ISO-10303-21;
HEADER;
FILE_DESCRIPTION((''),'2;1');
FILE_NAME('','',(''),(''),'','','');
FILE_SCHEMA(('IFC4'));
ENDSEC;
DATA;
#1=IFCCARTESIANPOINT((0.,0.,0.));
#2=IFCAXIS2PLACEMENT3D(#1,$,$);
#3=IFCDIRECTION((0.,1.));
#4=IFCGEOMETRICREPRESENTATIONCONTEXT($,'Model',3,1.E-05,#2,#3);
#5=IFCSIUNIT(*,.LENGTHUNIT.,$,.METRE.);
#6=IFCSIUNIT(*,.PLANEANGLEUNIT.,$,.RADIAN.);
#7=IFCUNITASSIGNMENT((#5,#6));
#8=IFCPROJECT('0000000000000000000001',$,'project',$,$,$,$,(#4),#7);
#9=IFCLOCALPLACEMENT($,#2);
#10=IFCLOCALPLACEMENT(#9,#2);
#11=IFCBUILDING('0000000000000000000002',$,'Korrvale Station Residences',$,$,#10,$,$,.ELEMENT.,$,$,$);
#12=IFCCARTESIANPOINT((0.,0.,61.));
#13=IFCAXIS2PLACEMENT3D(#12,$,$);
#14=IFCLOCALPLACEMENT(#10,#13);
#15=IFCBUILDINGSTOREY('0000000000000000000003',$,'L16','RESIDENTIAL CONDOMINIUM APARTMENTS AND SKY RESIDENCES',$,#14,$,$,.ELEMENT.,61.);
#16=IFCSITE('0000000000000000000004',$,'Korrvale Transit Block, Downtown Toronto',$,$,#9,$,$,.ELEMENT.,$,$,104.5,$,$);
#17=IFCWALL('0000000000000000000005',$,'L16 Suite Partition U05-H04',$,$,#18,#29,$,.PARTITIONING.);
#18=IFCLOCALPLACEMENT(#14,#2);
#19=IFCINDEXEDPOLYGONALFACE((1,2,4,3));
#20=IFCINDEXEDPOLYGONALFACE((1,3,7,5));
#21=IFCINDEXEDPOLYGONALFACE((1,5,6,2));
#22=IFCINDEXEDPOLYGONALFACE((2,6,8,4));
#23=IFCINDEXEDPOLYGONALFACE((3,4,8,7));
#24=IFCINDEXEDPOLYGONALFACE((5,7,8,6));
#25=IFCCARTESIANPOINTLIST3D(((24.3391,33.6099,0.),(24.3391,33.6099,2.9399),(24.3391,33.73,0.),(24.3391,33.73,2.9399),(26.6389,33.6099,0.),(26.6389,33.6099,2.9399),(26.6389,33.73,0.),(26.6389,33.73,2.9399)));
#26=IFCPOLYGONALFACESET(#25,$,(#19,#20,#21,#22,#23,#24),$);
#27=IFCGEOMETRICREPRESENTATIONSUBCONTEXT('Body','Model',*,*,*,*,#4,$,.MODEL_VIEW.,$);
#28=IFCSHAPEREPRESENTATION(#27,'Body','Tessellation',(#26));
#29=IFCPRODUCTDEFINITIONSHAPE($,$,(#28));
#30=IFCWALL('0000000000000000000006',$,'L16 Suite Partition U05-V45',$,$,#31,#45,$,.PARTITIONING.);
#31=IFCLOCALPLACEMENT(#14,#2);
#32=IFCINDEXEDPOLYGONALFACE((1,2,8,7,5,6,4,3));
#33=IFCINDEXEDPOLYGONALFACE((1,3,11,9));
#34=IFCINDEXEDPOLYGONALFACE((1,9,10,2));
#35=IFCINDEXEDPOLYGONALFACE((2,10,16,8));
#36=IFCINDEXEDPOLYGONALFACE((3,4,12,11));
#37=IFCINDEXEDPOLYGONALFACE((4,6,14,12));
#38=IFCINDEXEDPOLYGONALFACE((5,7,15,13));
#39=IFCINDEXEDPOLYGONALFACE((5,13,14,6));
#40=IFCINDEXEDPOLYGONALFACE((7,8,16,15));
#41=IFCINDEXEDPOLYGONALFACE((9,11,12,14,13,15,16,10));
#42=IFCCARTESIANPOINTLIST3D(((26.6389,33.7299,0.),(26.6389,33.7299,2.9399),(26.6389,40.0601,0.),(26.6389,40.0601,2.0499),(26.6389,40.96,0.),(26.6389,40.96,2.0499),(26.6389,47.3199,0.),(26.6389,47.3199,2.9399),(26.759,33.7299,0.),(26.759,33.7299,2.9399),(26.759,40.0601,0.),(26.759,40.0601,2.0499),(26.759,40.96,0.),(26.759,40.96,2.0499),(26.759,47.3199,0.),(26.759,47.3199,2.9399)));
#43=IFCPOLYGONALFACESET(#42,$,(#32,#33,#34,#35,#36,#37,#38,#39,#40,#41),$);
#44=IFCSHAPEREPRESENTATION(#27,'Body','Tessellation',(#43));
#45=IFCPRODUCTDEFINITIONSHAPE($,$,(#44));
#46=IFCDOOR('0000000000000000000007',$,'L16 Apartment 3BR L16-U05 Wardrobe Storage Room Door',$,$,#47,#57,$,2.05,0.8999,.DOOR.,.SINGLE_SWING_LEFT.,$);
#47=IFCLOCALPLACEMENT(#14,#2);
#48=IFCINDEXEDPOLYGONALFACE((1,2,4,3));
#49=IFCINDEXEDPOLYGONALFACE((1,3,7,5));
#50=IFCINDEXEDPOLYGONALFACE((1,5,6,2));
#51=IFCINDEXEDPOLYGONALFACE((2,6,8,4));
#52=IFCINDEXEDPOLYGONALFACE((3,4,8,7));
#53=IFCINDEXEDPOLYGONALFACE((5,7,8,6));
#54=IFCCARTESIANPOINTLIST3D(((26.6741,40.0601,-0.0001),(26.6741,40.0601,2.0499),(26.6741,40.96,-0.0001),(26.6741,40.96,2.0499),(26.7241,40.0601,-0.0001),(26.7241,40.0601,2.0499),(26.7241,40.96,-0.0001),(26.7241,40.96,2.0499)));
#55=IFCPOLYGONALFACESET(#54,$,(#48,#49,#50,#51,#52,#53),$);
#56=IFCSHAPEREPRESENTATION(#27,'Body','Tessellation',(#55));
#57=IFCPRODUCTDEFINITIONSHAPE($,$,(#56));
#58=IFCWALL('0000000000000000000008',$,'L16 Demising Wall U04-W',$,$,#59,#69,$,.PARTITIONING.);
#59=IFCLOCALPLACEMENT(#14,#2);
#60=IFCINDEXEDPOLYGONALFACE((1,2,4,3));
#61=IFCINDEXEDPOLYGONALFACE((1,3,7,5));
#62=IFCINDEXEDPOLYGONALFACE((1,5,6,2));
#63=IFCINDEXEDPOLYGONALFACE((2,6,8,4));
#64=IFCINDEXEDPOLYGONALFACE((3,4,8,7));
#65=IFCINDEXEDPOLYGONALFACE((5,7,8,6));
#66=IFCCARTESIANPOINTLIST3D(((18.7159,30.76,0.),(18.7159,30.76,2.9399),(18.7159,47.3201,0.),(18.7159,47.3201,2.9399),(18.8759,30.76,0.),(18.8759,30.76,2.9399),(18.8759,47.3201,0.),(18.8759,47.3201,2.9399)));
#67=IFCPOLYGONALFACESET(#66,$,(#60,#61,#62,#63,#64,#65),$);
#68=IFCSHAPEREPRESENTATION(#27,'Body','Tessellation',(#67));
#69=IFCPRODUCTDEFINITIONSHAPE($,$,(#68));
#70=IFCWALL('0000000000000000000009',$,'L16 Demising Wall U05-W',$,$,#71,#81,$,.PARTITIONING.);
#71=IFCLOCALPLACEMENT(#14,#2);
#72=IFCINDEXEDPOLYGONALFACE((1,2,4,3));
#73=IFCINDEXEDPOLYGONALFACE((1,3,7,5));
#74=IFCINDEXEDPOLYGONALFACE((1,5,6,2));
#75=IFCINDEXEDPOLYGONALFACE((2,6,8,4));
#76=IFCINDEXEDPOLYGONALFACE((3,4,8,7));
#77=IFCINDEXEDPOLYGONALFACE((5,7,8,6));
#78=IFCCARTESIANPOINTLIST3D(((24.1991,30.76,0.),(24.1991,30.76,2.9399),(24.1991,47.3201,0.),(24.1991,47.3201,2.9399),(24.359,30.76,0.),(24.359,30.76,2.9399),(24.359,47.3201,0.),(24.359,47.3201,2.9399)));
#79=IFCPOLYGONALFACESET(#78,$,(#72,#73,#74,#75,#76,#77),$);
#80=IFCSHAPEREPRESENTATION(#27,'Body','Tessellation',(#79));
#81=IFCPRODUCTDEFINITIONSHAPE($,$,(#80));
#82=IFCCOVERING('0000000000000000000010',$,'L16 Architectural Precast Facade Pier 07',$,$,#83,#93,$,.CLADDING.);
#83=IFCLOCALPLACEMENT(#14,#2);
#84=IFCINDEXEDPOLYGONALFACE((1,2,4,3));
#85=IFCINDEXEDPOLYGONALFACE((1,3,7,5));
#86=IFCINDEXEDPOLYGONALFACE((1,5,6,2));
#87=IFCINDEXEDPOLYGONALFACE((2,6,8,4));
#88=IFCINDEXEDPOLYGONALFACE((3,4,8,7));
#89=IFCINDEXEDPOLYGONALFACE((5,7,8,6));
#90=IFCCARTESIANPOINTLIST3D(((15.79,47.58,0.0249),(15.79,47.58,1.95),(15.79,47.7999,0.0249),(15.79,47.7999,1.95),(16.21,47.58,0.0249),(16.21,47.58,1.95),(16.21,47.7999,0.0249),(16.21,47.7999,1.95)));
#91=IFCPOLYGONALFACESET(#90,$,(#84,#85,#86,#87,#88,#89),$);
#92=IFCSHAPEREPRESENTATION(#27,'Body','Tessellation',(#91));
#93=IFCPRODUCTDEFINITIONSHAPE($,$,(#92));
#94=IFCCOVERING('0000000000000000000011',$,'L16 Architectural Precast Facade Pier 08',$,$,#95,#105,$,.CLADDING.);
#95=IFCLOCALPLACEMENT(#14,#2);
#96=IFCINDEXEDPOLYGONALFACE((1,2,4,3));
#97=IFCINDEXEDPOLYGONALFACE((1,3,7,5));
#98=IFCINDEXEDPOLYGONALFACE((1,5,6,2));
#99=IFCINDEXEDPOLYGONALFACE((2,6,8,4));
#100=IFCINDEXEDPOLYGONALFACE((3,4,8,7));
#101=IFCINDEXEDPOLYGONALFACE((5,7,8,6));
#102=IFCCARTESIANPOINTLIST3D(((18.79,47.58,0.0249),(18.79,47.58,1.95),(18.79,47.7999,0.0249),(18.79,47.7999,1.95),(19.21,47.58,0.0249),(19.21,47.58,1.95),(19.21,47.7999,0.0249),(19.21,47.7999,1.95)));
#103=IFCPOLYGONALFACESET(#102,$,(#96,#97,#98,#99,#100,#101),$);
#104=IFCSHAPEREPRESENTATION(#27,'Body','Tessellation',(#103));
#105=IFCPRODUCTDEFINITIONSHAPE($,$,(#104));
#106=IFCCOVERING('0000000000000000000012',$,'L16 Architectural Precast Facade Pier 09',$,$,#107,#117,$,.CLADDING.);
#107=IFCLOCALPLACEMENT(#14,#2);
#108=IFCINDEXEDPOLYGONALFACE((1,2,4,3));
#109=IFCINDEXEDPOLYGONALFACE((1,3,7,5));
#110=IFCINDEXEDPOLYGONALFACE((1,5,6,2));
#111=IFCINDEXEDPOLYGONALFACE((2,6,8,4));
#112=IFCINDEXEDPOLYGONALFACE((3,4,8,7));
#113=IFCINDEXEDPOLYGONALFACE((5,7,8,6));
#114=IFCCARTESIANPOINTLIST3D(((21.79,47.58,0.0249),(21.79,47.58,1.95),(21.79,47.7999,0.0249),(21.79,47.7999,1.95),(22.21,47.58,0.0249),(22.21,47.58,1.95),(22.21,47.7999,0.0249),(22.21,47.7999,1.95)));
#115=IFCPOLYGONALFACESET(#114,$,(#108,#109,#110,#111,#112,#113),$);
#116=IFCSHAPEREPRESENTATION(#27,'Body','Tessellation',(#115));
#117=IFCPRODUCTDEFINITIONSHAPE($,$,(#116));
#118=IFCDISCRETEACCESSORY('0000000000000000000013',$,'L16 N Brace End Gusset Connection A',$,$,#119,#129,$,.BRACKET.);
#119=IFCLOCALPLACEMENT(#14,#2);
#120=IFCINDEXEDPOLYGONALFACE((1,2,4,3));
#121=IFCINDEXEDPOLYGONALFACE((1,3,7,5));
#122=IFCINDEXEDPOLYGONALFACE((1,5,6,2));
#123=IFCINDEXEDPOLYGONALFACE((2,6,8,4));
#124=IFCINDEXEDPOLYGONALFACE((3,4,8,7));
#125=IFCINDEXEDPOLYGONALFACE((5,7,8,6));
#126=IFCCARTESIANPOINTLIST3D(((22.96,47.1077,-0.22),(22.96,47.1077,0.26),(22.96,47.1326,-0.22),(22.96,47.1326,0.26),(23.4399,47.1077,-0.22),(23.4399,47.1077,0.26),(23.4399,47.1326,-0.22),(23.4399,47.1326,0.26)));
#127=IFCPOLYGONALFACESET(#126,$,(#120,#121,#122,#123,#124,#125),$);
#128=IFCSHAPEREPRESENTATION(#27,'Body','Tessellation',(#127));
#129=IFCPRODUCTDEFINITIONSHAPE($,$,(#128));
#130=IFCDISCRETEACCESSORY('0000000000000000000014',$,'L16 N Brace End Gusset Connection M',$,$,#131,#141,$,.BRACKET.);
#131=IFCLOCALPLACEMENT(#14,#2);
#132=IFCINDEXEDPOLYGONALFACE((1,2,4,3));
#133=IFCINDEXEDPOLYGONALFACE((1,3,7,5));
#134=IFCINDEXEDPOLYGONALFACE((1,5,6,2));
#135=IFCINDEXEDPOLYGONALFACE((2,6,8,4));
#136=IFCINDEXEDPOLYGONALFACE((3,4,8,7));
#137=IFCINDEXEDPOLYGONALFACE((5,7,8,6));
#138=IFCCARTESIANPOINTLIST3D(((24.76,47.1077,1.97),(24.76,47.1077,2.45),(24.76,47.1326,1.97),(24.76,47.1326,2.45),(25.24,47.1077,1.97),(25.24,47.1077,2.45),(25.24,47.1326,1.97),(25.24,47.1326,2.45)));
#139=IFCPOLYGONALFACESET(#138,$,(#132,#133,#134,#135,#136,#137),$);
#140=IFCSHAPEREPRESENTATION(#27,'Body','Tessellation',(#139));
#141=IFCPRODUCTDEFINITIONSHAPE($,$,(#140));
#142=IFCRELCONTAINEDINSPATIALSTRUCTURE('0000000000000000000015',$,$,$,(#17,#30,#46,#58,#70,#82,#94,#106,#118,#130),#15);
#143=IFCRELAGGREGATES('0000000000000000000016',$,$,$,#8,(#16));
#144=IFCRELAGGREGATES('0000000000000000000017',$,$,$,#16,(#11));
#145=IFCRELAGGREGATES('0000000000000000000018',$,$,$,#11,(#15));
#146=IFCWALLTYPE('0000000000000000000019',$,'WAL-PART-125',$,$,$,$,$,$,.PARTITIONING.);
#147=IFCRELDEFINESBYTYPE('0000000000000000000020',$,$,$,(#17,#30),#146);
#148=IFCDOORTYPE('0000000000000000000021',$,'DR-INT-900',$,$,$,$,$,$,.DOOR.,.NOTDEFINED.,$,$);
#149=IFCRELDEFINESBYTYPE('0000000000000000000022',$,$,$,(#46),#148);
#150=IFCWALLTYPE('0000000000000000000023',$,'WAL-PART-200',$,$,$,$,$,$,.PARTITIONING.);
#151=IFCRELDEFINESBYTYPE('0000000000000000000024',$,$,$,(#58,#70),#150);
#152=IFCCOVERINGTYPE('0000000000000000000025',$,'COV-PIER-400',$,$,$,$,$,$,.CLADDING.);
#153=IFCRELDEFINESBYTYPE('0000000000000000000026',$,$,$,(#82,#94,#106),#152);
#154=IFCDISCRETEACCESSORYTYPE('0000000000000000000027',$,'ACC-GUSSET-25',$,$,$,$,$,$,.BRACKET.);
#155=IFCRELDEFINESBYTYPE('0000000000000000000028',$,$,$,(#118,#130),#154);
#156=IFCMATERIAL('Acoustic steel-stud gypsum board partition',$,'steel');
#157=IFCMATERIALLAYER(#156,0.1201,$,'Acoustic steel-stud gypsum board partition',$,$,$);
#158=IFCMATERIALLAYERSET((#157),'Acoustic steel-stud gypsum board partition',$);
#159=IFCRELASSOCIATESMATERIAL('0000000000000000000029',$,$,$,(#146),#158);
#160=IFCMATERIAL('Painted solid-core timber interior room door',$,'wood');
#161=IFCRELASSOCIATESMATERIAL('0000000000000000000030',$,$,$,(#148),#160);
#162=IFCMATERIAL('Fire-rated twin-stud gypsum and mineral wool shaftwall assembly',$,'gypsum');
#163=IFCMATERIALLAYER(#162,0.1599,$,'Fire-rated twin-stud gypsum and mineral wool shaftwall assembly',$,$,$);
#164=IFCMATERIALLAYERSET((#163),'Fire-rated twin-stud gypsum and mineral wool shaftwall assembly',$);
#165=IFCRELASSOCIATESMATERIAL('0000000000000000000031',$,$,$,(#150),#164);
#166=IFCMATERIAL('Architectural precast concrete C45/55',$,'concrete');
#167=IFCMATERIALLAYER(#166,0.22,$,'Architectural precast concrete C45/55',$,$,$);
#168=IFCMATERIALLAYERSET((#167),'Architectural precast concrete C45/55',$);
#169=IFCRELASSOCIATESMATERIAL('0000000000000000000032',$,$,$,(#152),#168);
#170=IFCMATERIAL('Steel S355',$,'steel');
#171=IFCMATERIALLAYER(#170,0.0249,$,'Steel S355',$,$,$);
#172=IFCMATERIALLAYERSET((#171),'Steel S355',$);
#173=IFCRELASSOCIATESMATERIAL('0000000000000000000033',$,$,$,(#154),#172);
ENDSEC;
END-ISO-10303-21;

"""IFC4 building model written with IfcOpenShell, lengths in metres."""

from ifc_helpers import new_model, si_unit, direction, frame, frame_2d, origin, origin_2d, place, context, subcontext, project, spatial, rectangle, extrude, material, layer, layer_set, type_object, element, fill, save


model = new_model("IFC4")

# Units and contexts
model_context = context("Model", 3, precision=1e-05, world=origin(), true_north=direction((0.0, 1.0)))
body_context = subcontext(model_context, "Body", "Model", "MODEL_VIEW")
ifc_project = project(units=[si_unit("LENGTHUNIT", "METRE"), si_unit("PLANEANGLEUNIT", "RADIAN")], contexts=[model_context])

# Site, building, storey
site_placement = place(None, origin())
site = spatial("IfcSite", under=ifc_project, at=site_placement, Name="Korrvale Transit Block, Downtown Toronto", CompositionType="ELEMENT", RefElevation=104.5)
building_placement = place(site_placement, origin())
building = spatial("IfcBuilding", under=site, at=building_placement, Name="Korrvale Station Residences", CompositionType="ELEMENT")
storey_placement = place(building_placement, frame((0.0, 0.0, 61.0)))
storey = spatial("IfcBuildingStorey", under=building, at=storey_placement, Name="L16", Description="RESIDENTIAL CONDOMINIUM APARTMENTS AND SKY RESIDENCES", CompositionType="ELEMENT", Elevation=61.0)

# Shared definitions
ifc_material_1 = material(Name="Steel S355", Category="steel")

# Shared definitions
ifc_material_2 = material(Name="Acoustic steel-stud gypsum board partition", Category="steel")
ifc_layer_1 = layer(ifc_material_2, 0.1201, Name="Acoustic steel-stud gypsum board partition")
ifc_layer_set_1 = layer_set([ifc_layer_1], Name="Acoustic steel-stud gypsum board partition")
wall_type_1 = type_object("IfcWallType", Name="WAL-PART-125", PredefinedType="PARTITIONING", material=ifc_layer_set_1)
ifc_material_3 = material(Name="Painted solid-core timber interior room door", Category="wood")
door_type_1 = type_object("IfcDoorType", Name="DR-INT-900", OperationType="NOTDEFINED", PredefinedType="DOOR", material=ifc_material_3)

# Wall
wall_1_placement = place(storey_placement, frame((24.3391, 33.6699, 0.0), z_axis=(0.0, 0.0, 1.0), x_axis=(1.0, 0.0, 0.0)))
element("IfcWall", 1, at=wall_1_placement, inside=storey, type_object=wall_type_1, Name="L16 Suite Partition U05-H04", PredefinedType="PARTITIONING", context=body_context, shape_type="SweptSolid", body=[
    extrude(rectangle(XDim=2.2998, YDim=0.1201, at=frame_2d((1.1499, 0.0))), origin(), (0.0, 0.0, 1.0), 2.9399),
])

# Wall, opening, door
wall_2_placement = place(storey_placement, frame((26.699, 33.73, 0.0), z_axis=(0.0, 0.0, 1.0), x_axis=(0.0, 1.0, 0.0)))
wall_2 = element("IfcWall", 2, at=wall_2_placement, inside=storey, type_object=wall_type_1, Name="L16 Suite Partition U05-V45", PredefinedType="PARTITIONING", context=body_context, shape_type="SweptSolid", body=[
    extrude(rectangle(XDim=13.5901, YDim=0.1201, at=frame_2d((6.7949, 0.0))), origin(), (0.0, 0.0, 1.0), 2.9399),
])
opening_1_placement = place(wall_2_placement, frame((6.3301, 0.0, 0.0)))
opening_1 = element("IfcOpeningElement", 3, at=opening_1_placement, cuts=wall_2, PredefinedType="OPENING", context=body_context, shape_type="SweptSolid", body=[
    extrude(rectangle(XDim=0.8999, YDim=2.05, at=frame_2d((0.45, 1.0249))), frame((0.0, 0.0701, 0.0), z_axis=(0.0, -1.0, 0.0), x_axis=(1.0, 0.0, 0.0)), (0.0, 0.0, 1.0), 0.1401),
])
door_1_placement = place(opening_1_placement, origin())
door_1 = element("IfcDoor", 4, at=door_1_placement, inside=storey, type_object=door_type_1, Name="L16 Apartment 3BR L16-U05 Wardrobe Storage Room Door", OperationType="SINGLE_SWING_LEFT", OverallHeight=2.05, OverallWidth=0.8999, PredefinedType="DOOR", context=body_context, shape_type="SweptSolid", body=[
    extrude(rectangle(XDim=0.8999, YDim=2.05, at=frame_2d((0.45, 1.0249))), frame((0.0, 0.0249, 0.0), z_axis=(0.0, -1.0, 0.0), x_axis=(1.0, 0.0, 0.0)), (0.0, 0.0, 1.0), 0.05),
])
fill(opening_1, door_1)

# Walls
ifc_material_4 = material(Name="Fire-rated twin-stud gypsum and mineral wool shaftwall assembly", Category="gypsum")
ifc_layer_2 = layer(ifc_material_4, 0.1599, Name="Fire-rated twin-stud gypsum and mineral wool shaftwall assembly")
ifc_layer_set_2 = layer_set([ifc_layer_2], Name="Fire-rated twin-stud gypsum and mineral wool shaftwall assembly")
wall_type_2 = type_object("IfcWallType", Name="WAL-PART-200", PredefinedType="PARTITIONING", material=ifc_layer_set_2)
for number, where, z_axis, x_axis, name in (
    (5, (18.7959, 30.76, 0.0), (0.0, 0.0, 1.0), (0.0, 1.0, 0.0), "L16 Demising Wall U04-W"),
    (6, (24.2791, 30.76, 0.0), (0.0, 0.0, 1.0), (0.0, 1.0, 0.0), "L16 Demising Wall U05-W"),
):
    element("IfcWall", number, at=place(storey_placement, frame(where, z_axis=z_axis, x_axis=x_axis)), inside=storey, type_object=wall_type_2, Name=name, PredefinedType="PARTITIONING", context=body_context, shape_type="SweptSolid", body=[
        extrude(rectangle(XDim=16.5601, YDim=0.1599, at=frame_2d((8.28, 0.0))), origin(), (0.0, 0.0, 1.0), 2.9399),
    ])

# Coverings
ifc_material_5 = material(Name="Architectural precast concrete C45/55", Category="concrete")
ifc_layer_3 = layer(ifc_material_5, 0.22, Name="Architectural precast concrete C45/55")
ifc_layer_set_3 = layer_set([ifc_layer_3], Name="Architectural precast concrete C45/55")
covering_type = type_object("IfcCoveringType", Name="COV-PIER-400", PredefinedType="CLADDING", material=ifc_layer_set_3)
for number, where, z_axis, x_axis, name in (
    (7, (16.0, 47.6899, 0.0249), (0.0, 0.0, 1.0), (1.0, 0.0, 0.0), "L16 Architectural Precast Facade Pier 07"),
    (8, (19.0, 47.6899, 0.0249), (0.0, 0.0, 1.0), (1.0, 0.0, 0.0), "L16 Architectural Precast Facade Pier 08"),
    (9, (22.0, 47.6899, 0.0249), (0.0, 0.0, 1.0), (1.0, 0.0, 0.0), "L16 Architectural Precast Facade Pier 09"),
):
    element("IfcCovering", number, at=place(storey_placement, frame(where, z_axis=z_axis, x_axis=x_axis)), inside=storey, type_object=covering_type, Name=name, PredefinedType="CLADDING", context=body_context, shape_type="SweptSolid", body=[
        extrude(rectangle(XDim=0.4199, YDim=0.22, at=origin_2d()), origin(), (0.0, 0.0, 1.0), 1.925),
    ])

# Discrete accessories
ifc_layer_4 = layer(ifc_material_1, 0.0249, Name="Steel S355")
ifc_layer_set_4 = layer_set([ifc_layer_4], Name="Steel S355")
discrete_accessory_type = type_object("IfcDiscreteAccessoryType", Name="ACC-GUSSET-25", PredefinedType="BRACKET", material=ifc_layer_set_4)
for number, where, z_axis, x_axis, name in (
    (10, (23.2, 47.1201, -0.22), (0.0, 0.0, 1.0), (1.0, 0.0, 0.0), "L16 N Brace End Gusset Connection A"),
    (11, (25.0, 47.1201, 1.97), (0.0, 0.0, 1.0), (1.0, 0.0, 0.0), "L16 N Brace End Gusset Connection M"),
):
    element("IfcDiscreteAccessory", number, at=place(storey_placement, frame(where, z_axis=z_axis, x_axis=x_axis)), inside=storey, type_object=discrete_accessory_type, Name=name, PredefinedType="BRACKET", context=body_context, shape_type="SweptSolid", body=[
        extrude(rectangle(XDim=0.48, YDim=0.0249, at=origin_2d()), origin(), (0.0, 0.0, 1.0), 0.48),
    ])

save(model, "model.ifc")
